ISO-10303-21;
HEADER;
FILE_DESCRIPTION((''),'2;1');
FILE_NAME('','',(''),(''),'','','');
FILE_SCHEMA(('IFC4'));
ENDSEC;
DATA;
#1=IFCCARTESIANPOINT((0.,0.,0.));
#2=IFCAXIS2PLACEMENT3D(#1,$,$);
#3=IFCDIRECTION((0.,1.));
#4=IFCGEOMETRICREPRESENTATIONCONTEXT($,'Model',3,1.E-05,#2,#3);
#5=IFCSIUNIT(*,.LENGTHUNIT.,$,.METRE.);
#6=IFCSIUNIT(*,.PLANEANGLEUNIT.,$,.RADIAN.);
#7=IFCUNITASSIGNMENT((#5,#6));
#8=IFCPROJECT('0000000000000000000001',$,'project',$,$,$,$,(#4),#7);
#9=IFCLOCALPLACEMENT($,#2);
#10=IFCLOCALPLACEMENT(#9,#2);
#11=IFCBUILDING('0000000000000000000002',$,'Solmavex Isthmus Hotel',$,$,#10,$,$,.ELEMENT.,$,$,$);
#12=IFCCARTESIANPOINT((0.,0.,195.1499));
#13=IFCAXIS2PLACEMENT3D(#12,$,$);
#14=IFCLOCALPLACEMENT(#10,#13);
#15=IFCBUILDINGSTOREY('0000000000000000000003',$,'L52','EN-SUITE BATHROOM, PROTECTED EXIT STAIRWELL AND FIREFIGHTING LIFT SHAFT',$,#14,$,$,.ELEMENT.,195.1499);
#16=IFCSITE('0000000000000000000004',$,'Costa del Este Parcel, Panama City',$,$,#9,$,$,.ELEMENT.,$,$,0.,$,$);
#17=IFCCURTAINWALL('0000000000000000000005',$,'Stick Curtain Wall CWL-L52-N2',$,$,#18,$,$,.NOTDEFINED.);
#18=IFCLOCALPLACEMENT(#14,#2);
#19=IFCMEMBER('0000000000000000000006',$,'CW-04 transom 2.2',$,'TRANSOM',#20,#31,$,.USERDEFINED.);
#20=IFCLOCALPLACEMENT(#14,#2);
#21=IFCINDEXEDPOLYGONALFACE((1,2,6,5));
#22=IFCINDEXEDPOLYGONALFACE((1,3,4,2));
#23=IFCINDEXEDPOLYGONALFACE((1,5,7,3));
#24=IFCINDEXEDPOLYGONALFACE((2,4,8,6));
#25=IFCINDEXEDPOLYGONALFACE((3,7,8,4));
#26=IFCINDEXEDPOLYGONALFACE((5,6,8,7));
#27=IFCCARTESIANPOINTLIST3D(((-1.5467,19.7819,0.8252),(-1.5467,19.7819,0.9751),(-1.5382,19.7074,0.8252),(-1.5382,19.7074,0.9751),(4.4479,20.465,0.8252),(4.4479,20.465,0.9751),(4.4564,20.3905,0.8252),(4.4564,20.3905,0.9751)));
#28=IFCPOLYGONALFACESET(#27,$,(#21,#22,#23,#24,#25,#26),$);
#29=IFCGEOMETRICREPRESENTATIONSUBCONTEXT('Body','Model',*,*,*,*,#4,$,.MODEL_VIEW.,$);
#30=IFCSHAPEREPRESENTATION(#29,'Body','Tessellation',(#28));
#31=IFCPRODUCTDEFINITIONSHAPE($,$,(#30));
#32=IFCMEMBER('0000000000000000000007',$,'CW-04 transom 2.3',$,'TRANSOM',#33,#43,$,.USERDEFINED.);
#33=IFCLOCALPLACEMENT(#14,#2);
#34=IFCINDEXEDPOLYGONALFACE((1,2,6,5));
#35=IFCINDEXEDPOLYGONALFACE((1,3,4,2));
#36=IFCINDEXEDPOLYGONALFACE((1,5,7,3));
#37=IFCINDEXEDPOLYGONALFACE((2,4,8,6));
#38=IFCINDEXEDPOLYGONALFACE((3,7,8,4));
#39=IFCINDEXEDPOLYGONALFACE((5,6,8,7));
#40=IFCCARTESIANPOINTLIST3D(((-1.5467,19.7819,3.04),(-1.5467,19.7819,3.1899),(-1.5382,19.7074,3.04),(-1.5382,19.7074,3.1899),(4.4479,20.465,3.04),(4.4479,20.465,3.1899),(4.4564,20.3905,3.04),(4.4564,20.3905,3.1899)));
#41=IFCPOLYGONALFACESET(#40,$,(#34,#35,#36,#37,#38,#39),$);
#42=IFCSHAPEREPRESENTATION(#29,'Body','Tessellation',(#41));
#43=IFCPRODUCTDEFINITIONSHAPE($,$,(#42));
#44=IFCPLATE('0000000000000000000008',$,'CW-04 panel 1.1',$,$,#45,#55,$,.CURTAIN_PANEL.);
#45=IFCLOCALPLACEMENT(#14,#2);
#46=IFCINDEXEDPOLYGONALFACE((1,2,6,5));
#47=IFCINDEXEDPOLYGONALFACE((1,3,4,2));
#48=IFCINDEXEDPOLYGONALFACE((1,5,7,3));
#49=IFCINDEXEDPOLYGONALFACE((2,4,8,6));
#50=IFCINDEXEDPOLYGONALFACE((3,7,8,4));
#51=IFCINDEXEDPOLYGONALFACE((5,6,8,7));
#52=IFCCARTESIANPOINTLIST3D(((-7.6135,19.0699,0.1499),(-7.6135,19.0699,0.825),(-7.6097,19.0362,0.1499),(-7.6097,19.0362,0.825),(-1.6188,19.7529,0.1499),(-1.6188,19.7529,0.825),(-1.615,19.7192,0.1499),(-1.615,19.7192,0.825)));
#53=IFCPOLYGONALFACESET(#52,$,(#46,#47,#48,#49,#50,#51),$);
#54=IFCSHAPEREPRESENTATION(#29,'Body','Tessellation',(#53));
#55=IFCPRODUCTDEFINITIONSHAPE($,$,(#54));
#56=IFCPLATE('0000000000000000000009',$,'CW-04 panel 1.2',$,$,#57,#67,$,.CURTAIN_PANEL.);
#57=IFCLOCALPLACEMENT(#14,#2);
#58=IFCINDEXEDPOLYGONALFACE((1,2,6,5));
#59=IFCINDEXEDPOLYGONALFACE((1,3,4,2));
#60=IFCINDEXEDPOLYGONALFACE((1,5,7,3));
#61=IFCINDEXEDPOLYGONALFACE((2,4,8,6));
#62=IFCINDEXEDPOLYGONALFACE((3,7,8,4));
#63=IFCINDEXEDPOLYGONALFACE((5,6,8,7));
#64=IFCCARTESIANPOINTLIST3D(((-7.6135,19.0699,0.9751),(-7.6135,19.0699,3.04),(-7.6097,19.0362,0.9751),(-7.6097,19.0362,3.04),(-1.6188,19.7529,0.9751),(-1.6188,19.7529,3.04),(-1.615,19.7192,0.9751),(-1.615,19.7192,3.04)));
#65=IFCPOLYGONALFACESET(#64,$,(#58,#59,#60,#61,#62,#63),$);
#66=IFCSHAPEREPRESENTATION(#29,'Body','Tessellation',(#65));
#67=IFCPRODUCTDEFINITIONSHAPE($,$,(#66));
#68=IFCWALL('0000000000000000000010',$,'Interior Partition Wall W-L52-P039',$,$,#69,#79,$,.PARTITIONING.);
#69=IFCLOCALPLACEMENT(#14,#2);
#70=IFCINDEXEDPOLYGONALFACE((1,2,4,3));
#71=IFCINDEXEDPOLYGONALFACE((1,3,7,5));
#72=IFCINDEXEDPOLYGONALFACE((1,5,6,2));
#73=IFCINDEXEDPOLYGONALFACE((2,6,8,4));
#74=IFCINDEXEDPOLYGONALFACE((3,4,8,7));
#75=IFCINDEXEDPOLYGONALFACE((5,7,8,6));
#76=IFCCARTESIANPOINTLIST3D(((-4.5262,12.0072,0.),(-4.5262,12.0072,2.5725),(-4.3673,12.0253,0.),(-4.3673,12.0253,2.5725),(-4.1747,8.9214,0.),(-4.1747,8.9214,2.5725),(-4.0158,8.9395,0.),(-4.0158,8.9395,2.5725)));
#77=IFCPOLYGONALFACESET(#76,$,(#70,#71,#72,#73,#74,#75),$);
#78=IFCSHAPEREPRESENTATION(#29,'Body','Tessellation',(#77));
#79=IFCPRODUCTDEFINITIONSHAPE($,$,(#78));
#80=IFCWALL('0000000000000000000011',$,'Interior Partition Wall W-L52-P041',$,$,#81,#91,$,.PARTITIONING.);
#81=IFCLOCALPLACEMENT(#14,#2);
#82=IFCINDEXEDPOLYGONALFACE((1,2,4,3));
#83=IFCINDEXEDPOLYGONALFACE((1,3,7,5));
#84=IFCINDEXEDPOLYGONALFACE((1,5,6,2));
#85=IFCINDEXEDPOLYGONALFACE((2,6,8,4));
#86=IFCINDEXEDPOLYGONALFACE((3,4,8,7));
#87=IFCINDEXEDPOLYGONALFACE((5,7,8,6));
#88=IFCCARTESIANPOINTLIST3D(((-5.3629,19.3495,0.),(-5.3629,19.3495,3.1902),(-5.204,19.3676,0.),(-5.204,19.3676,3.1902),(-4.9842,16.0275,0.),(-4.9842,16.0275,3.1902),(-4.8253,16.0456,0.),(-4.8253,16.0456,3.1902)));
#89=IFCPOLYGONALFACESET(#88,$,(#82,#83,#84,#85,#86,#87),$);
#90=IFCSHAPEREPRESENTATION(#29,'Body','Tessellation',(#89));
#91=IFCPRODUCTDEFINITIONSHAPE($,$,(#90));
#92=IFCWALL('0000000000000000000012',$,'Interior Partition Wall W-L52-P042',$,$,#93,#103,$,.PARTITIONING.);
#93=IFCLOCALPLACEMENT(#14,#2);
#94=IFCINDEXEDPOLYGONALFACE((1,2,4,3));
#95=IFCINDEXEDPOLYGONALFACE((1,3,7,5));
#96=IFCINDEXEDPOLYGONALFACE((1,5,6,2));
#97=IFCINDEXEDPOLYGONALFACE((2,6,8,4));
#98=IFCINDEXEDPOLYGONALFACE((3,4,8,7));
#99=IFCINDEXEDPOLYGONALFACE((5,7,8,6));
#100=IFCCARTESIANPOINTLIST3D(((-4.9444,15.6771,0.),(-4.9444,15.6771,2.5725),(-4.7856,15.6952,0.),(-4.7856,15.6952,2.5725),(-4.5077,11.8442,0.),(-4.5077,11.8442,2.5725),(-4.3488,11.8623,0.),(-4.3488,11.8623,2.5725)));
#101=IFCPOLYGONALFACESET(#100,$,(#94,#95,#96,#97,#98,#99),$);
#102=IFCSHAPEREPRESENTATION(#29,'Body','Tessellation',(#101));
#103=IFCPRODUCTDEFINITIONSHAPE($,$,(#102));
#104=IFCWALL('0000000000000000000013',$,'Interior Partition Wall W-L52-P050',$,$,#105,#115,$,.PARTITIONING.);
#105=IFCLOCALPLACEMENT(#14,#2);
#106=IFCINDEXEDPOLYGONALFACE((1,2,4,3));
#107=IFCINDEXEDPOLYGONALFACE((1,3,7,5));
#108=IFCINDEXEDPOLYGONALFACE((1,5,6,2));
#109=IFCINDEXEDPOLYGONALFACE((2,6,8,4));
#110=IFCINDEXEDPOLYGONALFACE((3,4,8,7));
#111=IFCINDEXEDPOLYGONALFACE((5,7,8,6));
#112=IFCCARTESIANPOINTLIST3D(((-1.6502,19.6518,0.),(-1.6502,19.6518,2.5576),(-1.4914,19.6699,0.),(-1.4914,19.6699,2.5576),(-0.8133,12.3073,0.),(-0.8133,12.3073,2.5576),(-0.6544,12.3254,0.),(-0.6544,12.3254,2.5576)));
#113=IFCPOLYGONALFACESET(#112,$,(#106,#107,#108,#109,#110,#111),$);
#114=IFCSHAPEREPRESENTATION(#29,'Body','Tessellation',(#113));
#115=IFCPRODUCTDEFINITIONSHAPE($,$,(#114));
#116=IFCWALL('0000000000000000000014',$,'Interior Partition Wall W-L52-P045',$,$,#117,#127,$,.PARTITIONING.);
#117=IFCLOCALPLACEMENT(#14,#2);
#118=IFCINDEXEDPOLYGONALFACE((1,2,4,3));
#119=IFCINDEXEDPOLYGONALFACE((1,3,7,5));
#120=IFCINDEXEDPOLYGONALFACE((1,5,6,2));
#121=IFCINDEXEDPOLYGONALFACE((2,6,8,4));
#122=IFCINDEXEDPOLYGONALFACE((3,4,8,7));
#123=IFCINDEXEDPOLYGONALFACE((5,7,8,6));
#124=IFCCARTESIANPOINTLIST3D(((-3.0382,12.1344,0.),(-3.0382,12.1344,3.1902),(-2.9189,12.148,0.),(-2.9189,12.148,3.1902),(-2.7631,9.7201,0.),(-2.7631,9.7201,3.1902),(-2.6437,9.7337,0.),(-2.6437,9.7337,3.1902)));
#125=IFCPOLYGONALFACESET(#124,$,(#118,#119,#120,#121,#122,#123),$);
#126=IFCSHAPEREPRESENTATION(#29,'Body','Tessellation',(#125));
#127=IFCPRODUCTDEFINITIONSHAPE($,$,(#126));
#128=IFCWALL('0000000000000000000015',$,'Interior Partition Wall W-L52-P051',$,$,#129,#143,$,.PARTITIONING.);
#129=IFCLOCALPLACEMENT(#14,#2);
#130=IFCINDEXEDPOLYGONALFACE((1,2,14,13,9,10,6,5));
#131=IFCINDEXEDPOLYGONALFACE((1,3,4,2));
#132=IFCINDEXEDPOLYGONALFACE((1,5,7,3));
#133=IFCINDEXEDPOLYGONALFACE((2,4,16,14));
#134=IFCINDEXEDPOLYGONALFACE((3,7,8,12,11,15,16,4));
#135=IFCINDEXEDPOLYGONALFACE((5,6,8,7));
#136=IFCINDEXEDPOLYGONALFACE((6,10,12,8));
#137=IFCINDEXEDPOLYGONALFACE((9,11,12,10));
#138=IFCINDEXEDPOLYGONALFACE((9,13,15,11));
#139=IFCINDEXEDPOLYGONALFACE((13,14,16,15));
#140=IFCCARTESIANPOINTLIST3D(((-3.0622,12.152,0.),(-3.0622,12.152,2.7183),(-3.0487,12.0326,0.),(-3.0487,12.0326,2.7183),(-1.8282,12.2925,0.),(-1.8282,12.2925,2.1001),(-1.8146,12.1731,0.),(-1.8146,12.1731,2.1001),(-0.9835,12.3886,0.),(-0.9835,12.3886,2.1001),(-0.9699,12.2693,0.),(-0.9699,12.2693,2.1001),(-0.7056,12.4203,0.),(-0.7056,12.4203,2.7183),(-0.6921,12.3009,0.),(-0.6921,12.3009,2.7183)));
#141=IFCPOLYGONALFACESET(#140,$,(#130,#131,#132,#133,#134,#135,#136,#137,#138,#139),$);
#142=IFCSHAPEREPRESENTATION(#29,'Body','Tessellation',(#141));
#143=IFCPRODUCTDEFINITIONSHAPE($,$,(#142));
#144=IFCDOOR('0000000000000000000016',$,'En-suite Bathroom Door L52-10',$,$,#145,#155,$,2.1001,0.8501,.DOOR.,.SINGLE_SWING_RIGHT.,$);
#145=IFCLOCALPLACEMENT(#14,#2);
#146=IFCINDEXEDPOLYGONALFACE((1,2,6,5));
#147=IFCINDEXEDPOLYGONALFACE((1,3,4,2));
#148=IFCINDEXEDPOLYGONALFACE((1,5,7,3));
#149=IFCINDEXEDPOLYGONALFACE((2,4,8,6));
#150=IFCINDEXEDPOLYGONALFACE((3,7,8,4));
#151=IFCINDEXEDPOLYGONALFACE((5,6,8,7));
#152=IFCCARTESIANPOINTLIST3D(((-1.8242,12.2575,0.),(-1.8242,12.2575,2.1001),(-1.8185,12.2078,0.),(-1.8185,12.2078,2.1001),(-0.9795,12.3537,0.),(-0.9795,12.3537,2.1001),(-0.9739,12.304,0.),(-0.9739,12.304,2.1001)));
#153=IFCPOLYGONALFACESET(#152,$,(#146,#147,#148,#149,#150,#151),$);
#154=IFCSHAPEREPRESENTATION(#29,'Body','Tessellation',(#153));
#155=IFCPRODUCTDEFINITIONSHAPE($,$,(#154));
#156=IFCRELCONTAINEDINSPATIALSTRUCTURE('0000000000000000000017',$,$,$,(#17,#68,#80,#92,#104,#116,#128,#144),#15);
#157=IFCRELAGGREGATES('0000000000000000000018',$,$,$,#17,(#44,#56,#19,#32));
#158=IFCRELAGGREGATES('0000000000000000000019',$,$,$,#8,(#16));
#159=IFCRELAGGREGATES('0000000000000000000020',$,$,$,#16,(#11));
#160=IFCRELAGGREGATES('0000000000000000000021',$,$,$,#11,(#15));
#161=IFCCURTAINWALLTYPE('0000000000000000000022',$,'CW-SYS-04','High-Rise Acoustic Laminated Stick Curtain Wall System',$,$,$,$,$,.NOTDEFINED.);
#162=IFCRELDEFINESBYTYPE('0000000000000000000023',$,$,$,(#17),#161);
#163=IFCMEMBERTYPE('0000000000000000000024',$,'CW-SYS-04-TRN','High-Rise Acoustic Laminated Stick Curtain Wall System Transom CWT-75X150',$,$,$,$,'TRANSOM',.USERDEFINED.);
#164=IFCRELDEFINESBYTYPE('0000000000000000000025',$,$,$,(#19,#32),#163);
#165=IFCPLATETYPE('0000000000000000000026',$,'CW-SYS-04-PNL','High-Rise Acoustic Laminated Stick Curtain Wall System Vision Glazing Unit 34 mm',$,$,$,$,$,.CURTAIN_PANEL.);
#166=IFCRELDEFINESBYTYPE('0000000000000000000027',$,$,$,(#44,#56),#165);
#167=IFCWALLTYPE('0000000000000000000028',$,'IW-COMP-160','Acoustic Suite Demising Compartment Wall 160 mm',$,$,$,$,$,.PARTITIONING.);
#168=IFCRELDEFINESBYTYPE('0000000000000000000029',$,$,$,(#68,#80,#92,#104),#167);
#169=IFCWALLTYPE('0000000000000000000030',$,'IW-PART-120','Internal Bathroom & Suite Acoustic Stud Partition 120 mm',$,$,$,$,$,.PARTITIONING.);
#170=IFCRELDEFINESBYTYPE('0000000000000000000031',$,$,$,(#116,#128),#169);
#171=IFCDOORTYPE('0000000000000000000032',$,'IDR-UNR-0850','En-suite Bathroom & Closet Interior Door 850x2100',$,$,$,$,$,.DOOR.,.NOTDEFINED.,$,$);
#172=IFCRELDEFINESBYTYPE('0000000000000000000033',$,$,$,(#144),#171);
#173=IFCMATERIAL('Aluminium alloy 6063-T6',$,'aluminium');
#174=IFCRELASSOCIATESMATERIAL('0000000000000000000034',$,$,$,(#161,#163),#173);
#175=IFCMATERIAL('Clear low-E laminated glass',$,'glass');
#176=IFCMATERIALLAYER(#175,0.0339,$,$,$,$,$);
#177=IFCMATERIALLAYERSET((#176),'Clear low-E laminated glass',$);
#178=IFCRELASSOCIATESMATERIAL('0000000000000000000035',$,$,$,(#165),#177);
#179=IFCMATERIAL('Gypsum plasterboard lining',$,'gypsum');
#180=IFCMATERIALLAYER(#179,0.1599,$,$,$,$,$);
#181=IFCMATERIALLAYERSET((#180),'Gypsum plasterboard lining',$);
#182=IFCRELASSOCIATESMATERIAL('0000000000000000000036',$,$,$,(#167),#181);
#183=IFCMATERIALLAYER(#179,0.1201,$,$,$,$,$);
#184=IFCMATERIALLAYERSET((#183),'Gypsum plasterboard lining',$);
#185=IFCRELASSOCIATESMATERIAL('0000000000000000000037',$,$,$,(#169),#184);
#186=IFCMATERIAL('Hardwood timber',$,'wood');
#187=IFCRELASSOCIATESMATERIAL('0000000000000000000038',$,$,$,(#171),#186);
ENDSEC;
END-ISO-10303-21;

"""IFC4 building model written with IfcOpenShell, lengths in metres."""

from ifc_helpers import new_model, si_unit, direction, frame, frame_2d, origin, origin_2d, place, context, subcontext, project, spatial, rectangle, extrude, material, layer, layer_set, material_profile, profile_set, type_object, element, fill, aggregate, save


model = new_model("IFC4")

# Units and contexts
model_context = context("Model", 3, precision=1e-05, world=origin(), true_north=direction((0.0, 1.0)))
body_context = subcontext(model_context, "Body", "Model", "MODEL_VIEW")
ifc_project = project(units=[si_unit("LENGTHUNIT", "METRE"), si_unit("PLANEANGLEUNIT", "RADIAN")], contexts=[model_context])

# Site, building, storey
site_placement = place(None, origin())
site = spatial("IfcSite", under=ifc_project, at=site_placement, Name="Costa del Este Parcel, Panama City", CompositionType="ELEMENT", RefElevation=0.0)
building_placement = place(site_placement, origin())
building = spatial("IfcBuilding", under=site, at=building_placement, Name="Solmavex Isthmus Hotel", CompositionType="ELEMENT")
storey_placement = place(building_placement, frame((0.0, 0.0, 195.1499)))
storey = spatial("IfcBuildingStorey", under=building, at=storey_placement, Name="L52", Description="EN-SUITE BATHROOM, PROTECTED EXIT STAIRWELL AND FIREFIGHTING LIFT SHAFT", CompositionType="ELEMENT", Elevation=195.1499)

# Shared definitions
ifc_material_1 = material(Name="Aluminium alloy 6063-T6", Category="aluminium")
curtain_wall_type = type_object("IfcCurtainWallType", Name="CW-SYS-04", Description="High-Rise Acoustic Laminated Stick Curtain Wall System", PredefinedType="NOTDEFINED", material=ifc_material_1)

# Curtain wall, members, plates
curtain_wall_1_placement = place(storey_placement, origin())
curtain_wall_1 = element("IfcCurtainWall", 1, at=curtain_wall_1_placement, inside=storey, type_object=curtain_wall_type, Name="Stick Curtain Wall CWL-L52-N2", PredefinedType="NOTDEFINED")
ifc_material_profile_1 = material_profile(ifc_material_1, rectangle(XDim=0.075, YDim=0.1499, at=origin_2d()), Name="CWT-75X150")
ifc_profile_set_1 = profile_set([ifc_material_profile_1], Name="Aluminium alloy 6063-T6")
member_type_1 = type_object("IfcMemberType", Name="CW-SYS-04-TRN", Description="High-Rise Acoustic Laminated Stick Curtain Wall System Transom CWT-75X150", ElementType="TRANSOM", PredefinedType="USERDEFINED", material=ifc_profile_set_1)
member_1_placement = place(storey_placement, frame((-1.5425, 19.7446, 0.9001), z_axis=(0.99357, 0.11322, 0.0), x_axis=(-0.11322, 0.99357, 0.0)))
member_1 = element("IfcMember", 2, at=member_1_placement, type_object=member_type_1, Name="CW-04 transom 2.2", ObjectType="TRANSOM", PredefinedType="USERDEFINED", context=body_context, shape_type="SweptSolid", body=[
    extrude(rectangle(XDim=0.075, YDim=0.1499, at=origin_2d()), origin(), (0.0, 0.0, 1.0), 6.0334),
])
member_2_placement = place(storey_placement, frame((-1.5425, 19.7446, 3.115), z_axis=(0.99357, 0.11322, 0.0), x_axis=(-0.11322, 0.99357, 0.0)))
member_2 = element("IfcMember", 3, at=member_2_placement, type_object=member_type_1, Name="CW-04 transom 2.3", ObjectType="TRANSOM", PredefinedType="USERDEFINED", context=body_context, shape_type="SweptSolid", body=[
    extrude(rectangle(XDim=0.075, YDim=0.1499, at=origin_2d()), origin(), (0.0, 0.0, 1.0), 6.0334),
])
ifc_material_2 = material(Name="Clear low-E laminated glass", Category="glass")
ifc_layer_1 = layer(ifc_material_2, 0.0339)
ifc_layer_set_1 = layer_set([ifc_layer_1], Name="Clear low-E laminated glass")
plate_type = type_object("IfcPlateType", Name="CW-SYS-04-PNL", Description="High-Rise Acoustic Laminated Stick Curtain Wall System Vision Glazing Unit 34 mm", PredefinedType="CURTAIN_PANEL", material=ifc_layer_set_1)
plate_1_placement = place(storey_placement, frame((-4.6143, 19.3945, 0.1499), z_axis=(0.0, 0.0, 1.0), x_axis=(0.993572, 0.113203, 0.0)))
plate_1 = element("IfcPlate", 4, at=plate_1_placement, type_object=plate_type, Name="CW-04 panel 1.1", PredefinedType="CURTAIN_PANEL", context=body_context, shape_type="SweptSolid", body=[
    extrude(rectangle(XDim=6.0334, YDim=0.0339, at=origin_2d()), origin(), (0.0, 0.0, 1.0), 0.675),
])
plate_2_placement = place(storey_placement, frame((-4.6143, 19.3945, 0.9751), z_axis=(0.0, 0.0, 1.0), x_axis=(0.993572, 0.113203, 0.0)))
plate_2 = element("IfcPlate", 5, at=plate_2_placement, type_object=plate_type, Name="CW-04 panel 1.2", PredefinedType="CURTAIN_PANEL", context=body_context, shape_type="SweptSolid", body=[
    extrude(rectangle(XDim=6.0334, YDim=0.0339, at=origin_2d()), origin(), (0.0, 0.0, 1.0), 2.0649),
])
aggregate(curtain_wall_1, [plate_1, plate_2, member_1, member_2])

# Walls
ifc_material_3 = material(Name="Gypsum plasterboard lining", Category="gypsum")
ifc_layer_2 = layer(ifc_material_3, 0.1599)
ifc_layer_set_2 = layer_set([ifc_layer_2], Name="Gypsum plasterboard lining")
wall_type_1 = type_object("IfcWallType", Name="IW-COMP-160", Description="Acoustic Suite Demising Compartment Wall 160 mm", PredefinedType="PARTITIONING", material=ifc_layer_set_2)
wall_1_placement = place(storey_placement, frame((-4.4468, 12.0161, 0.0), z_axis=(0.0, 0.0, 1.0), x_axis=(0.113201, -0.993572, 0.0)))
element("IfcWall", 6, at=wall_1_placement, inside=storey, type_object=wall_type_1, Name="Interior Partition Wall W-L52-P039", PredefinedType="PARTITIONING", context=body_context, shape_type="SweptSolid", body=[
    extrude(rectangle(XDim=3.1057, YDim=0.1599, at=frame_2d((1.5527, 0.0))), origin(), (0.0, 0.0, 1.0), 2.5725),
])
wall_2_placement = place(storey_placement, frame((-5.2834, 19.3586, 0.0), z_axis=(0.0, 0.0, 1.0), x_axis=(0.113252, -0.993566, 0.0)))
element("IfcWall", 7, at=wall_2_placement, inside=storey, type_object=wall_type_1, Name="Interior Partition Wall W-L52-P041", PredefinedType="PARTITIONING", context=body_context, shape_type="SweptSolid", body=[
    extrude(rectangle(XDim=3.3435, YDim=0.1599, at=frame_2d((1.6719, 0.0))), origin(), (0.0, 0.0, 1.0), 3.1902),
])
wall_3_placement = place(storey_placement, frame((-4.865, 15.686, 0.0), z_axis=(0.0, 0.0, 1.0), x_axis=(0.113224, -0.99357, 0.0)))
element("IfcWall", 8, at=wall_3_placement, inside=storey, type_object=wall_type_1, Name="Interior Partition Wall W-L52-P042", PredefinedType="PARTITIONING", context=body_context, shape_type="SweptSolid", body=[
    extrude(rectangle(XDim=3.8577, YDim=0.1599, at=frame_2d((1.9287, 0.0))), origin(), (0.0, 0.0, 1.0), 2.5725),
])

# Shared definitions
ifc_material_4 = material(Name="Hardwood timber", Category="wood")

# Walls
wall_4_placement = place(storey_placement, frame((-1.5708, 19.6609, 0.0), z_axis=(0.0, 0.0, 1.0), x_axis=(0.113219, -0.99357, 0.0)))
element("IfcWall", 9, at=wall_4_placement, inside=storey, type_object=wall_type_1, Name="Interior Partition Wall W-L52-P050", PredefinedType="PARTITIONING", context=body_context, shape_type="SweptSolid", body=[
    extrude(rectangle(XDim=7.3921, YDim=0.1599, at=frame_2d((3.696, 0.0))), origin(), (0.0, 0.0, 1.0), 2.5576),
])
ifc_layer_3 = layer(ifc_material_3, 0.1201)
ifc_layer_set_3 = layer_set([ifc_layer_3], Name="Gypsum plasterboard lining")
wall_type_2 = type_object("IfcWallType", Name="IW-PART-120", Description="Internal Bathroom & Suite Acoustic Stud Partition 120 mm", PredefinedType="PARTITIONING", material=ifc_layer_set_3)
wall_5_placement = place(storey_placement, frame((-2.9785, 12.1411, 0.0), z_axis=(0.0, 0.0, 1.0), x_axis=(0.113232, -0.993569, 0.0)))
element("IfcWall", 10, at=wall_5_placement, inside=storey, type_object=wall_type_2, Name="Interior Partition Wall W-L52-P045", PredefinedType="PARTITIONING", context=body_context, shape_type="SweptSolid", body=[
    extrude(rectangle(XDim=2.4299, YDim=0.1201, at=frame_2d((1.2148, 0.0))), origin(), (0.0, 0.0, 1.0), 3.1902),
])

# Wall, opening, door
wall_6_placement = place(storey_placement, frame((-0.6987, 12.3606, 0.0), z_axis=(0.0, 0.0, 1.0), x_axis=(-0.993581, -0.11312, 0.0)))
wall_6 = element("IfcWall", 11, at=wall_6_placement, inside=storey, type_object=wall_type_2, Name="Interior Partition Wall W-L52-P051", PredefinedType="PARTITIONING", context=body_context, shape_type="SweptSolid", body=[
    extrude(rectangle(XDim=2.3718, YDim=0.1201, at=frame_2d((1.186, 0.0))), origin(), (0.0, 0.0, 1.0), 2.7183),
])
opening_1_placement = place(wall_6_placement, frame((0.2798, 0.0, 0.0)))
opening_1 = element("IfcOpeningElement", 12, at=opening_1_placement, cuts=wall_6, PredefinedType="OPENING", context=body_context, shape_type="SweptSolid", body=[
    extrude(rectangle(XDim=0.8501, YDim=2.1001, at=frame_2d((0.425, 1.05))), frame((0.0, 0.0701, 0.0), z_axis=(0.0, -1.0, 0.0), x_axis=(1.0, 0.0, 0.0)), (0.0, 0.0, 1.0), 0.1401),
])
door_type_1 = type_object("IfcDoorType", Name="IDR-UNR-0850", Description="En-suite Bathroom & Closet Interior Door 850x2100", OperationType="NOTDEFINED", PredefinedType="DOOR", material=ifc_material_4)
door_1_placement = place(opening_1_placement, frame((0.8501, 0.0, 0.0), z_axis=(0.0, 0.0, 1.0), x_axis=(-1.0, 0.0, 0.0)))
door_1 = element("IfcDoor", 13, at=door_1_placement, inside=storey, type_object=door_type_1, Name="En-suite Bathroom Door L52-10", OperationType="SINGLE_SWING_RIGHT", OverallHeight=2.1001, OverallWidth=0.8501, PredefinedType="DOOR", context=body_context, shape_type="SweptSolid", body=[
    extrude(rectangle(XDim=0.8501, YDim=2.1001, at=frame_2d((0.425, 1.05))), frame((0.0, 0.0249, 0.0), z_axis=(0.0, -1.0, 0.0), x_axis=(1.0, 0.0, 0.0)), (0.0, 0.0, 1.0), 0.05),
])
fill(opening_1, door_1)

save(model, "model.ifc")
